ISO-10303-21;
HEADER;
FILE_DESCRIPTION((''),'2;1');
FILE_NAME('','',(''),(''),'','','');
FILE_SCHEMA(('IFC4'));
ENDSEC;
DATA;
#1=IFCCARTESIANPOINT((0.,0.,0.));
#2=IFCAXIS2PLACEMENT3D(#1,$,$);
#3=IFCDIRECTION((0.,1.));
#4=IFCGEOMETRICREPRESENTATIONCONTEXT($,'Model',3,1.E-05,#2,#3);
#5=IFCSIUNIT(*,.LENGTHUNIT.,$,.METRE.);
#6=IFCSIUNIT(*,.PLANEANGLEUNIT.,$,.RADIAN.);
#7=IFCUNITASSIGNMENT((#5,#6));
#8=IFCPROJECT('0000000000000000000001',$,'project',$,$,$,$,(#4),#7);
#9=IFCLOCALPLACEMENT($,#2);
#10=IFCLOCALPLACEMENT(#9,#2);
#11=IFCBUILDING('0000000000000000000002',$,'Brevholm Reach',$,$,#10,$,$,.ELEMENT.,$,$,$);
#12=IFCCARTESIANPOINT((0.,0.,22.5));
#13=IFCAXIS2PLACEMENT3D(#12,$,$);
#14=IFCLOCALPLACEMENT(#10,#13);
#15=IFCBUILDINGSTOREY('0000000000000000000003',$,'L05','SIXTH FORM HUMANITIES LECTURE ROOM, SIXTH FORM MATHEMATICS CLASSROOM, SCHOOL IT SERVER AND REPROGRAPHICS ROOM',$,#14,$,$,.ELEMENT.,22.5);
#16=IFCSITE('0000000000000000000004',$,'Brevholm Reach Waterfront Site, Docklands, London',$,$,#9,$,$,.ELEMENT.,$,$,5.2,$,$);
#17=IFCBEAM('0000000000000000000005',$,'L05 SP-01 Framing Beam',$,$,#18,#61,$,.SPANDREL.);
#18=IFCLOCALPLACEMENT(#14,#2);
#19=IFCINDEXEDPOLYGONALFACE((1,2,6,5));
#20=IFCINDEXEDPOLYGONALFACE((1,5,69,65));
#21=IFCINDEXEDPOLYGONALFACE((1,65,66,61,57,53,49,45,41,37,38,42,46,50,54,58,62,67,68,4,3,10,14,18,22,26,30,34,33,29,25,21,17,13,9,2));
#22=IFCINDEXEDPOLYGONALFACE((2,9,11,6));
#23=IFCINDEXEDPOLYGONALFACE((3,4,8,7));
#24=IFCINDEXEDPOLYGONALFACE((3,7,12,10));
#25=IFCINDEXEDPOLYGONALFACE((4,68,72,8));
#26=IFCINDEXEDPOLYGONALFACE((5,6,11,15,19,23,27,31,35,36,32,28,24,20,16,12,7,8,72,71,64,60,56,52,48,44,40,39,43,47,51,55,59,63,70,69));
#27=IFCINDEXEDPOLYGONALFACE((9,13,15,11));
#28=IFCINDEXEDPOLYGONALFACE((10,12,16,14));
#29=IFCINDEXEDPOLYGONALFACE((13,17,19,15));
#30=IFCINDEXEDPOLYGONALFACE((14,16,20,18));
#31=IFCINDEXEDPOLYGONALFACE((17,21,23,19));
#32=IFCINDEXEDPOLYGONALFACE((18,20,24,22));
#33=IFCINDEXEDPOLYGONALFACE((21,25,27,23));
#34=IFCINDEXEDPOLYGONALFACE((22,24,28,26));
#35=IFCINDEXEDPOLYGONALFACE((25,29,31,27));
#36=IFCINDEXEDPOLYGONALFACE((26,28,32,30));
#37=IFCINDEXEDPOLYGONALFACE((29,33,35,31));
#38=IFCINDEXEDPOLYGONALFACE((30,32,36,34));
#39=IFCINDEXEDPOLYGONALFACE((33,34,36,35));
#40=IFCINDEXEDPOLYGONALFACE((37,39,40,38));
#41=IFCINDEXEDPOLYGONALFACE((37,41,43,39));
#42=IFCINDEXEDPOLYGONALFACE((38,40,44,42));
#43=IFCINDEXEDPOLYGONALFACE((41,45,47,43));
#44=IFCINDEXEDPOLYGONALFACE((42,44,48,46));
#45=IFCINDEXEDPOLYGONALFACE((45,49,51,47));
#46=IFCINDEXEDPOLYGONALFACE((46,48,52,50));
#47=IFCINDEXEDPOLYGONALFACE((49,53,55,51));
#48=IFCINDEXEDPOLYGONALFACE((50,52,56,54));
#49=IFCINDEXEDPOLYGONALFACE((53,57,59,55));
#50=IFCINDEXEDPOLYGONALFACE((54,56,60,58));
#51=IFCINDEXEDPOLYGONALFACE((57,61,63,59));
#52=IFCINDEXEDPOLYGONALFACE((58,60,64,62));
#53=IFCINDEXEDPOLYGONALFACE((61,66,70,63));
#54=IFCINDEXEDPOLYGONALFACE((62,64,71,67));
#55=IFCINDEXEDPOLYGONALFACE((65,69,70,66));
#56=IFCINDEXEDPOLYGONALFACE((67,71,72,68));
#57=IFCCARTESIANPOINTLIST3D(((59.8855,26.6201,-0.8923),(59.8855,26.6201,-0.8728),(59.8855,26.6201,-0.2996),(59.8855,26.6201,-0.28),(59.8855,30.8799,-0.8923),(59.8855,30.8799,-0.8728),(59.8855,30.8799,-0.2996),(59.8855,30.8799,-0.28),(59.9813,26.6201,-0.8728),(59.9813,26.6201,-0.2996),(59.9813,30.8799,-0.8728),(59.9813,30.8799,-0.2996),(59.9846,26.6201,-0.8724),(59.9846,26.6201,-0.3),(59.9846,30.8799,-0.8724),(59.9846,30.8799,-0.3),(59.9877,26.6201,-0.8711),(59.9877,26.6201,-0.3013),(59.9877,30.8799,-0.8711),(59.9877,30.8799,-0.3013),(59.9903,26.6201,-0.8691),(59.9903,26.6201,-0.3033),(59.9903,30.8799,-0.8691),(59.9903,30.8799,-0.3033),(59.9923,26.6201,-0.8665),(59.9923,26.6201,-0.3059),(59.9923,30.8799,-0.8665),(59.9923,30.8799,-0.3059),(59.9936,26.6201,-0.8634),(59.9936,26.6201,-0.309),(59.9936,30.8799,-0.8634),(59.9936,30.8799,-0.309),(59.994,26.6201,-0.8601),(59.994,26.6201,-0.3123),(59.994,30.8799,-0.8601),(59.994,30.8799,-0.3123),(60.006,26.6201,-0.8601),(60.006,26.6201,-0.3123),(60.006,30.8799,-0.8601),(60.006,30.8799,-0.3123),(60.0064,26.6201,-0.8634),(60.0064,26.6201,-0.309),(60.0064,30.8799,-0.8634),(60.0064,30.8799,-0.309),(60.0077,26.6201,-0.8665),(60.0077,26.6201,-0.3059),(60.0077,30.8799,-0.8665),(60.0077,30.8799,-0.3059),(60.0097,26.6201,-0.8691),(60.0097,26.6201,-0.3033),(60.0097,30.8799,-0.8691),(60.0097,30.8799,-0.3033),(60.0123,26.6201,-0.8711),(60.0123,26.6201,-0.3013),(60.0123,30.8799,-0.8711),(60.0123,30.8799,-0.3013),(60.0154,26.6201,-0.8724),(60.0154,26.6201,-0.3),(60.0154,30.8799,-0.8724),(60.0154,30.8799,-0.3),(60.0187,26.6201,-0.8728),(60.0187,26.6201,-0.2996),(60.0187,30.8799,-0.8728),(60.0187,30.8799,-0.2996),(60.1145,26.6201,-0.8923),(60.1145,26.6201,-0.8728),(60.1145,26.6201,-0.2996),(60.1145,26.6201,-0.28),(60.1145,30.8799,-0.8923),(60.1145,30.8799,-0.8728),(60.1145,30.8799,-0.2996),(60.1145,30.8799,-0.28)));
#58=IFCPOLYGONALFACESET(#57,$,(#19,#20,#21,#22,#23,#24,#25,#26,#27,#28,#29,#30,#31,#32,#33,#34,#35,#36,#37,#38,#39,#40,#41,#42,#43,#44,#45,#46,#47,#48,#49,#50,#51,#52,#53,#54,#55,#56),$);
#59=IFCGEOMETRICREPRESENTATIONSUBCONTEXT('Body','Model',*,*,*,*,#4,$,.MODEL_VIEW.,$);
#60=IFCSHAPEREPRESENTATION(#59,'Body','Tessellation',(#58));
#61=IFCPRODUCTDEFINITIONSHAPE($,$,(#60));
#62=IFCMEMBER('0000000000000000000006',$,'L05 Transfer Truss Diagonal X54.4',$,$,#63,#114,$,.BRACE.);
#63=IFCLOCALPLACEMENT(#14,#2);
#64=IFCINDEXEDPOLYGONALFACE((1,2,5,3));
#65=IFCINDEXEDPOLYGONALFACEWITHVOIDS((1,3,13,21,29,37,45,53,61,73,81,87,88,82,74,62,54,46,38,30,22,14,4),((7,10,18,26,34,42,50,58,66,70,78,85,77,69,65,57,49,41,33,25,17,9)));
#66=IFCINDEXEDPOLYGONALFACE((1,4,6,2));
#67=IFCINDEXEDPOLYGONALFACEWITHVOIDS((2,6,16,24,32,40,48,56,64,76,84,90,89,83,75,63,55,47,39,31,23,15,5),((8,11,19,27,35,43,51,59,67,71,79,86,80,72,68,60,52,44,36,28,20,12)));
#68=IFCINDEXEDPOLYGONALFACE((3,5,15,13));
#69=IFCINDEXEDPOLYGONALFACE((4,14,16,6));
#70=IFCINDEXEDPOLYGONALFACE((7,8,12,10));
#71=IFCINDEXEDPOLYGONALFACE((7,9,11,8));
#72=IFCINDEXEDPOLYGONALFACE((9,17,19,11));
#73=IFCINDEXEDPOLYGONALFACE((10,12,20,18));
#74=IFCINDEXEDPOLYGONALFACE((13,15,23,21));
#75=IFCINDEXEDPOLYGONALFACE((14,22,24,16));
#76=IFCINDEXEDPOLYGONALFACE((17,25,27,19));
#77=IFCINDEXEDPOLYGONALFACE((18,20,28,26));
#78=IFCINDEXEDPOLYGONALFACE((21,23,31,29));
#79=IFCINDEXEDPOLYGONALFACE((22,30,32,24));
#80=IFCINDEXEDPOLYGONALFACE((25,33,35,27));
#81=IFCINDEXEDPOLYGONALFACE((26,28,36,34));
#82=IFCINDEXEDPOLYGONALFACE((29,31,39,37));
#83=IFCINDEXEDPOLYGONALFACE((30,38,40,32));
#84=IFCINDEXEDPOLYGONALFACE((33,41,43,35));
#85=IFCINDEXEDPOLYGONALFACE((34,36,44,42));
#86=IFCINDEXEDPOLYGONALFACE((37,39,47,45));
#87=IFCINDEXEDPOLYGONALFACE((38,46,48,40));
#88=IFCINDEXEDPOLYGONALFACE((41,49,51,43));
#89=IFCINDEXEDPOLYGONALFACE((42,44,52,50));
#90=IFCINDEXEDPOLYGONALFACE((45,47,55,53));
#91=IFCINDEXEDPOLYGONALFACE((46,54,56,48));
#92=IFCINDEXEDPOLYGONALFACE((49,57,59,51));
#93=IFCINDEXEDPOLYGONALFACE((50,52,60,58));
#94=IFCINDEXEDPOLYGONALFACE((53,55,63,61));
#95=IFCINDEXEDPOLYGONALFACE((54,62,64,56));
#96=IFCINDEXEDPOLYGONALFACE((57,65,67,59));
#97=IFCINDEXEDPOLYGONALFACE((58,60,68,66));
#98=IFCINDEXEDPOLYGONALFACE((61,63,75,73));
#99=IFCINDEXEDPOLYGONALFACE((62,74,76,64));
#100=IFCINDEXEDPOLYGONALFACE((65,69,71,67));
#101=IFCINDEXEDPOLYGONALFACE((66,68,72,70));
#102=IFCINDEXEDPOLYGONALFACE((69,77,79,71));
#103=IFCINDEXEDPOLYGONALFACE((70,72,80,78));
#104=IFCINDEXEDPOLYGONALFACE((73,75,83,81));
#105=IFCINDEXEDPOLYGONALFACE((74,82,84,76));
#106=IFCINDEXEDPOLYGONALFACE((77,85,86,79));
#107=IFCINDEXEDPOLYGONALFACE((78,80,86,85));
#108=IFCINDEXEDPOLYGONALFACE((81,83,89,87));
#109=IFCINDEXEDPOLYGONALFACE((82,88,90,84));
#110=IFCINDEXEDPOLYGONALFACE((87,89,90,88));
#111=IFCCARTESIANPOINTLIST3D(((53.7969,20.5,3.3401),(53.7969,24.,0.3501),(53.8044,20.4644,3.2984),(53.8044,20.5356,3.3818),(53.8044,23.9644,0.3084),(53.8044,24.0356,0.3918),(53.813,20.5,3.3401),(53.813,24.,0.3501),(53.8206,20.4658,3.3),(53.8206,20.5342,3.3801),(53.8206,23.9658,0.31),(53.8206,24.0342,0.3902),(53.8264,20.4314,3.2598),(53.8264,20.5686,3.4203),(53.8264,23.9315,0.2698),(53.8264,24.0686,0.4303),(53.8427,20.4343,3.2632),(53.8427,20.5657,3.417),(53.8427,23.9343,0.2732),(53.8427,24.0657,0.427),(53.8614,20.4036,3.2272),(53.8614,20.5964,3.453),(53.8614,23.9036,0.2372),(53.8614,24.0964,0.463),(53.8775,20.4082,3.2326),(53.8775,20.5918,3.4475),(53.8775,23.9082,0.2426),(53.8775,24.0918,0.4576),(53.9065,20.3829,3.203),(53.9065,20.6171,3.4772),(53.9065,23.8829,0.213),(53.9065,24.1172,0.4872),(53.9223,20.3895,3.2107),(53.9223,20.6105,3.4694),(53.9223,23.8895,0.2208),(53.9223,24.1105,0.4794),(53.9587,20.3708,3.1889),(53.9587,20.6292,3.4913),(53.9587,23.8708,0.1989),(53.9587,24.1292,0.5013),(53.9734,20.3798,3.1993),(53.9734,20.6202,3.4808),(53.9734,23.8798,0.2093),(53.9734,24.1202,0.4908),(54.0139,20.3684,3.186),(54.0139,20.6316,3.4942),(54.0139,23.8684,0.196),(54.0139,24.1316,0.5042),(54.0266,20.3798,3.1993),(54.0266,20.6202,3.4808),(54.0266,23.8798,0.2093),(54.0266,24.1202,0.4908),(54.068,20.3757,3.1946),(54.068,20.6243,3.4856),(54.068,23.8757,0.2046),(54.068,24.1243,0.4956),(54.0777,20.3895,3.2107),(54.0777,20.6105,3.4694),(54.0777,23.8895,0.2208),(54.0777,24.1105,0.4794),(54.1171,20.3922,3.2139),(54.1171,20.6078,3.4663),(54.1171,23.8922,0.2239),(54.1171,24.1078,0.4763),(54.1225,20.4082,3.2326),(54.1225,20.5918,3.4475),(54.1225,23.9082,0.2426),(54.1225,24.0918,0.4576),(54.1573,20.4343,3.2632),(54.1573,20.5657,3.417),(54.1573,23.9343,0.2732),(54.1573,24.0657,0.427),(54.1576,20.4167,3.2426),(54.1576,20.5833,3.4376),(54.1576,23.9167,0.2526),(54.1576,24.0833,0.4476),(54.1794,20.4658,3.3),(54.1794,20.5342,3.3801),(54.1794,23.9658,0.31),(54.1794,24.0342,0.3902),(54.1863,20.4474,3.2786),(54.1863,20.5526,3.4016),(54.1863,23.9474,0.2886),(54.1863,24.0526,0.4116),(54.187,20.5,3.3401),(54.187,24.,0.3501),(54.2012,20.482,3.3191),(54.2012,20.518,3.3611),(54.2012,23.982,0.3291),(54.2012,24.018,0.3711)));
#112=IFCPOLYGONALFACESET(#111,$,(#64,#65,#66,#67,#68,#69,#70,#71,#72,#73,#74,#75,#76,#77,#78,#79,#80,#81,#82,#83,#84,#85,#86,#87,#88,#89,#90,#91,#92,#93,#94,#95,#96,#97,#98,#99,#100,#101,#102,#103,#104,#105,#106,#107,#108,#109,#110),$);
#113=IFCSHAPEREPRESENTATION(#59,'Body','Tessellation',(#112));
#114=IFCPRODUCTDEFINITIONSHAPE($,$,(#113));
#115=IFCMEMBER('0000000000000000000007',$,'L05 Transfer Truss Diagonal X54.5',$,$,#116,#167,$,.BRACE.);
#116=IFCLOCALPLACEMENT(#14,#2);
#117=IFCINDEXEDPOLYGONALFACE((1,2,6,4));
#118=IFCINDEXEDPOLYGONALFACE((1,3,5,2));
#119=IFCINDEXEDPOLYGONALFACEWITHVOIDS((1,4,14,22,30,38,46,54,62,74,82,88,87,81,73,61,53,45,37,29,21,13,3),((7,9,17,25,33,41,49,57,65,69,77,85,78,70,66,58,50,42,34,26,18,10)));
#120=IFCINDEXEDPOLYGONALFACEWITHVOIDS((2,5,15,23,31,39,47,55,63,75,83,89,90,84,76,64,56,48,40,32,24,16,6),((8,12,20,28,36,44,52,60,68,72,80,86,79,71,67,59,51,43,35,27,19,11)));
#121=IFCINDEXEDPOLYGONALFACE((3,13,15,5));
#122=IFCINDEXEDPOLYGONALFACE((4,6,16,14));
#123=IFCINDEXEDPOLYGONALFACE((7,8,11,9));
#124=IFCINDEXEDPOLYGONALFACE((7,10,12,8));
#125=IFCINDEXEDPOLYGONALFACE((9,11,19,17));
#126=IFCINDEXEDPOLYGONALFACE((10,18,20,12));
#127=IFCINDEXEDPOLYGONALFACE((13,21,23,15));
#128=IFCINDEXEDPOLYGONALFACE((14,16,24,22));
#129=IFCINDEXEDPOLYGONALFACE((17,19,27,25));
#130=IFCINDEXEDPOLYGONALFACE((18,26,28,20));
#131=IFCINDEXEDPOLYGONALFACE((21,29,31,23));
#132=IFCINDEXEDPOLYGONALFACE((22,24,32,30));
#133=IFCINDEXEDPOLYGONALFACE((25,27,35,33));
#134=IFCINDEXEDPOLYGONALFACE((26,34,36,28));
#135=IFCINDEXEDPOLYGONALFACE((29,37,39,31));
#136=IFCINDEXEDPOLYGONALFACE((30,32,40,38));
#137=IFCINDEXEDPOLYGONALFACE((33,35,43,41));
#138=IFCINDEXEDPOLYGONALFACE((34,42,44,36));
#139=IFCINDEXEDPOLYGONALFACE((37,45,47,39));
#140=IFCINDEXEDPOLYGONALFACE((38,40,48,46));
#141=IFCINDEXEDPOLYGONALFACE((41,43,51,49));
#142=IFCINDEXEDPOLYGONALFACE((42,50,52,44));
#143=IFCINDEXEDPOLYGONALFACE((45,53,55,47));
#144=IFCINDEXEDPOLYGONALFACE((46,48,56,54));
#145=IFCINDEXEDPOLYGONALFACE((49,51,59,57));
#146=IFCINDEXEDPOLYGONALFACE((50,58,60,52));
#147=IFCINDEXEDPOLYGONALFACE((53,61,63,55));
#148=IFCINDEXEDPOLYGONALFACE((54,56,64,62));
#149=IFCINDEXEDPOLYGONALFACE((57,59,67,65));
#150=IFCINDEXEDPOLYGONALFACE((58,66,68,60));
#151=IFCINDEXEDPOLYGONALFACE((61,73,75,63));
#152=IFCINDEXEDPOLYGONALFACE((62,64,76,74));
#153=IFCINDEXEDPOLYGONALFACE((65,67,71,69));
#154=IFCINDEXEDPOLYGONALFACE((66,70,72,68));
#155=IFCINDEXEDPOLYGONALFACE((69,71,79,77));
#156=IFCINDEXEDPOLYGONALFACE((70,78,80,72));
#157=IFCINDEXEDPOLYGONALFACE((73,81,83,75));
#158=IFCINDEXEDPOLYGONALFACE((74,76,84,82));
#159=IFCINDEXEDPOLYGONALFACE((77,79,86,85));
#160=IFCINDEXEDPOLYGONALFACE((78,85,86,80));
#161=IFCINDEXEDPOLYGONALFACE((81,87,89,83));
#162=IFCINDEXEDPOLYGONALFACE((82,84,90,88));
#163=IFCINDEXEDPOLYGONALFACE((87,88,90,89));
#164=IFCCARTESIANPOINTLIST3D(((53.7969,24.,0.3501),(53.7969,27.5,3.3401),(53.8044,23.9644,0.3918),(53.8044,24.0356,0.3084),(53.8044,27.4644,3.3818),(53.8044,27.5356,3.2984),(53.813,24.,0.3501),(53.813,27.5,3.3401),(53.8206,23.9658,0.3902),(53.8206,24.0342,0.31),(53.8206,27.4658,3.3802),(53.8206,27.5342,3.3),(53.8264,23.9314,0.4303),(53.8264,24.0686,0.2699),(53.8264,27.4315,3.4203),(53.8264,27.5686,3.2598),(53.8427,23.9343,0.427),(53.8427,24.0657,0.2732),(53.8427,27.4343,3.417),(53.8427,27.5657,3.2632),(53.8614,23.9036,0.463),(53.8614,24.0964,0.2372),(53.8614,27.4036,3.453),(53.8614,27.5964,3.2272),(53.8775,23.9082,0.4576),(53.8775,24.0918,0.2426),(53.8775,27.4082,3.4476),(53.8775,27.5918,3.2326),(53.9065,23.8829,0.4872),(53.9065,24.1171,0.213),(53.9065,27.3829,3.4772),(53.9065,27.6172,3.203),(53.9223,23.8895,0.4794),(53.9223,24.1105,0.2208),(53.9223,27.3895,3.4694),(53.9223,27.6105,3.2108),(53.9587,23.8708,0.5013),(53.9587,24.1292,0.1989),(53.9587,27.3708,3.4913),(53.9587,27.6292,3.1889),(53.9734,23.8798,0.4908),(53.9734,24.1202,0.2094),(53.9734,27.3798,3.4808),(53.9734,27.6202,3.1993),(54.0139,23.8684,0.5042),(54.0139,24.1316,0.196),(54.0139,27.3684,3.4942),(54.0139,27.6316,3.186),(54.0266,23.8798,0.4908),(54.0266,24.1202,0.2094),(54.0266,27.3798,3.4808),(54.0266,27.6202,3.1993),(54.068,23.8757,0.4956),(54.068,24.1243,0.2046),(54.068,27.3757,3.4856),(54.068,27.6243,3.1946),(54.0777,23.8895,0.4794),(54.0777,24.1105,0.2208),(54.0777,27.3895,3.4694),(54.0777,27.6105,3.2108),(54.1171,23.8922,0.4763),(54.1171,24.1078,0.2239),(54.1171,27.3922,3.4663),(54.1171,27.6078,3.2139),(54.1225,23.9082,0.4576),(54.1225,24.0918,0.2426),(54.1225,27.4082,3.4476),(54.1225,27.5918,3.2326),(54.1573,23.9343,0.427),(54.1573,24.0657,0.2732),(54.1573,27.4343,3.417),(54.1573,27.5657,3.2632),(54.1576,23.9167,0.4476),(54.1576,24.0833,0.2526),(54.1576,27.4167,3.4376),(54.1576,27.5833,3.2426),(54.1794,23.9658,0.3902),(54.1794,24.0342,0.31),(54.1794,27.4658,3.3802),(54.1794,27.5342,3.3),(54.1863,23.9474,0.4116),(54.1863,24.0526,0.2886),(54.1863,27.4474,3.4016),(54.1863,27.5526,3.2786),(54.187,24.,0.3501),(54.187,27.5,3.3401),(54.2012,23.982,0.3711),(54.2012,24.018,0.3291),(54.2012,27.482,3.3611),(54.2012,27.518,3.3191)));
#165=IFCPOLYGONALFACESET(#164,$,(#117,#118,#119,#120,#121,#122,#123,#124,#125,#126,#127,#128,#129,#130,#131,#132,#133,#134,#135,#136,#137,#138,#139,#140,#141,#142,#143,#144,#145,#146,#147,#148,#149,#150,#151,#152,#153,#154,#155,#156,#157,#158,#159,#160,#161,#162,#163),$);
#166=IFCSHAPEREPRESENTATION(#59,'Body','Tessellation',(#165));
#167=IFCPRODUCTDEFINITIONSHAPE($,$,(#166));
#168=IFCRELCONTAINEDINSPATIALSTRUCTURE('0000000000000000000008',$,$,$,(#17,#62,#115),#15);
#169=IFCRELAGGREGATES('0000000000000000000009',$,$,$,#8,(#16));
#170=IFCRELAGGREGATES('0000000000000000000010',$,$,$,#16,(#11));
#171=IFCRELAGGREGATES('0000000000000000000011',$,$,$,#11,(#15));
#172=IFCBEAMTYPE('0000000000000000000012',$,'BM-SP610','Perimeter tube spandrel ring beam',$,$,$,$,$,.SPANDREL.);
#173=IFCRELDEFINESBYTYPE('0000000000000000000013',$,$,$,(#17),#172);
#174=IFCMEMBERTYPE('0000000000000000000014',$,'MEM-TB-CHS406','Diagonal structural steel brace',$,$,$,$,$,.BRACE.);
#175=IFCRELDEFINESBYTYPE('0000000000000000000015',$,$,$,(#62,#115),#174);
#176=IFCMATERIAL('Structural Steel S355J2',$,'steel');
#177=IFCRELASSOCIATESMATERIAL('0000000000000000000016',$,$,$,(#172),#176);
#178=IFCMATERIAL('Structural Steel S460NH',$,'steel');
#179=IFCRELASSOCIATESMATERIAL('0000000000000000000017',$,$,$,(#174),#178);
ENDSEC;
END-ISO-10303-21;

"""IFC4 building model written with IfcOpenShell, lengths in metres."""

from ifc_helpers import new_model, si_unit, direction, frame, origin, origin_2d, place, context, subcontext, project, spatial, hollow_circle, i_section, extrude, material, material_profile, profile_set, type_object, element, save


model = new_model("IFC4")

# Units and contexts
model_context = context("Model", 3, precision=1e-05, world=origin(), true_north=direction((0.0, 1.0)))
body_context = subcontext(model_context, "Body", "Model", "MODEL_VIEW")
ifc_project = project(units=[si_unit("LENGTHUNIT", "METRE"), si_unit("PLANEANGLEUNIT", "RADIAN")], contexts=[model_context])

# Site, building, storey
site_placement = place(None, origin())
site = spatial("IfcSite", under=ifc_project, at=site_placement, Name="Brevholm Reach Waterfront Site, Docklands, London", CompositionType="ELEMENT", RefElevation=5.2)
building_placement = place(site_placement, origin())
building = spatial("IfcBuilding", under=site, at=building_placement, Name="Brevholm Reach", CompositionType="ELEMENT")
storey_placement = place(building_placement, frame((0.0, 0.0, 22.5)))
storey = spatial("IfcBuildingStorey", under=building, at=storey_placement, Name="L05", Description="SIXTH FORM HUMANITIES LECTURE ROOM, SIXTH FORM MATHEMATICS CLASSROOM, SCHOOL IT SERVER AND REPROGRAPHICS ROOM", CompositionType="ELEMENT", Elevation=22.5)

# Beam
ifc_material_1 = material(Name="Structural Steel S355J2", Category="steel")
ifc_material_profile_1 = material_profile(ifc_material_1, i_section(OverallWidth=0.229, OverallDepth=0.6123, WebThickness=0.012, FlangeThickness=0.0195, FilletRadius=0.0127, at=origin_2d()), Name="UKB 610x229x125")
ifc_profile_set_1 = profile_set([ifc_material_profile_1], Name="Structural Steel S355J2")
beam_type = type_object("IfcBeamType", Name="BM-SP610", Description="Perimeter tube spandrel ring beam", PredefinedType="SPANDREL", material=ifc_profile_set_1)
beam_1_placement = place(storey_placement, frame((60.0, 26.6201, -0.5862), z_axis=(0.0, 1.0, 0.0), x_axis=(-1.0, 0.0, 0.0)))
element("IfcBeam", 1, at=beam_1_placement, inside=storey, type_object=beam_type, Name="L05 SP-01 Framing Beam", PredefinedType="SPANDREL", context=body_context, shape_type="SweptSolid", body=[
    extrude(i_section(OverallWidth=0.229, OverallDepth=0.6123, WebThickness=0.012, FlangeThickness=0.0195, FilletRadius=0.0127, at=origin_2d()), origin(), (0.0, 0.0, 1.0), 4.2598),
])

# Members
ifc_material_2 = material(Name="Structural Steel S460NH", Category="steel")
ifc_material_profile_2 = material_profile(ifc_material_2, hollow_circle(Radius=0.2031, WallThickness=0.0161, at=origin_2d()), Name="CHS 406.4x16")
ifc_profile_set_2 = profile_set([ifc_material_profile_2], Name="Structural Steel S460NH")
member_type_1 = type_object("IfcMemberType", Name="MEM-TB-CHS406", Description="Diagonal structural steel brace", PredefinedType="BRACE", material=ifc_profile_set_2)
for number, where, z_axis, x_axis, name in (
    (2, (54.0, 20.5, 3.3401), (0.0, 0.76033, -0.649537), (-1.0, 0.0, 0.0), "L05 Transfer Truss Diagonal X54.4"),
    (3, (54.0, 24.0, 0.3501), (0.0, 0.76033, 0.649537), (-1.0, 0.0, 0.0), "L05 Transfer Truss Diagonal X54.5"),
):
    element("IfcMember", number, at=place(storey_placement, frame(where, z_axis=z_axis, x_axis=x_axis)), inside=storey, type_object=member_type_1, Name=name, PredefinedType="BRACE", context=body_context, shape_type="SweptSolid", body=[
        extrude(hollow_circle(Radius=0.2031, WallThickness=0.0161, at=origin_2d()), origin(), (0.0, 0.0, 1.0), 4.6033),
    ])

save(model, "model.ifc")
